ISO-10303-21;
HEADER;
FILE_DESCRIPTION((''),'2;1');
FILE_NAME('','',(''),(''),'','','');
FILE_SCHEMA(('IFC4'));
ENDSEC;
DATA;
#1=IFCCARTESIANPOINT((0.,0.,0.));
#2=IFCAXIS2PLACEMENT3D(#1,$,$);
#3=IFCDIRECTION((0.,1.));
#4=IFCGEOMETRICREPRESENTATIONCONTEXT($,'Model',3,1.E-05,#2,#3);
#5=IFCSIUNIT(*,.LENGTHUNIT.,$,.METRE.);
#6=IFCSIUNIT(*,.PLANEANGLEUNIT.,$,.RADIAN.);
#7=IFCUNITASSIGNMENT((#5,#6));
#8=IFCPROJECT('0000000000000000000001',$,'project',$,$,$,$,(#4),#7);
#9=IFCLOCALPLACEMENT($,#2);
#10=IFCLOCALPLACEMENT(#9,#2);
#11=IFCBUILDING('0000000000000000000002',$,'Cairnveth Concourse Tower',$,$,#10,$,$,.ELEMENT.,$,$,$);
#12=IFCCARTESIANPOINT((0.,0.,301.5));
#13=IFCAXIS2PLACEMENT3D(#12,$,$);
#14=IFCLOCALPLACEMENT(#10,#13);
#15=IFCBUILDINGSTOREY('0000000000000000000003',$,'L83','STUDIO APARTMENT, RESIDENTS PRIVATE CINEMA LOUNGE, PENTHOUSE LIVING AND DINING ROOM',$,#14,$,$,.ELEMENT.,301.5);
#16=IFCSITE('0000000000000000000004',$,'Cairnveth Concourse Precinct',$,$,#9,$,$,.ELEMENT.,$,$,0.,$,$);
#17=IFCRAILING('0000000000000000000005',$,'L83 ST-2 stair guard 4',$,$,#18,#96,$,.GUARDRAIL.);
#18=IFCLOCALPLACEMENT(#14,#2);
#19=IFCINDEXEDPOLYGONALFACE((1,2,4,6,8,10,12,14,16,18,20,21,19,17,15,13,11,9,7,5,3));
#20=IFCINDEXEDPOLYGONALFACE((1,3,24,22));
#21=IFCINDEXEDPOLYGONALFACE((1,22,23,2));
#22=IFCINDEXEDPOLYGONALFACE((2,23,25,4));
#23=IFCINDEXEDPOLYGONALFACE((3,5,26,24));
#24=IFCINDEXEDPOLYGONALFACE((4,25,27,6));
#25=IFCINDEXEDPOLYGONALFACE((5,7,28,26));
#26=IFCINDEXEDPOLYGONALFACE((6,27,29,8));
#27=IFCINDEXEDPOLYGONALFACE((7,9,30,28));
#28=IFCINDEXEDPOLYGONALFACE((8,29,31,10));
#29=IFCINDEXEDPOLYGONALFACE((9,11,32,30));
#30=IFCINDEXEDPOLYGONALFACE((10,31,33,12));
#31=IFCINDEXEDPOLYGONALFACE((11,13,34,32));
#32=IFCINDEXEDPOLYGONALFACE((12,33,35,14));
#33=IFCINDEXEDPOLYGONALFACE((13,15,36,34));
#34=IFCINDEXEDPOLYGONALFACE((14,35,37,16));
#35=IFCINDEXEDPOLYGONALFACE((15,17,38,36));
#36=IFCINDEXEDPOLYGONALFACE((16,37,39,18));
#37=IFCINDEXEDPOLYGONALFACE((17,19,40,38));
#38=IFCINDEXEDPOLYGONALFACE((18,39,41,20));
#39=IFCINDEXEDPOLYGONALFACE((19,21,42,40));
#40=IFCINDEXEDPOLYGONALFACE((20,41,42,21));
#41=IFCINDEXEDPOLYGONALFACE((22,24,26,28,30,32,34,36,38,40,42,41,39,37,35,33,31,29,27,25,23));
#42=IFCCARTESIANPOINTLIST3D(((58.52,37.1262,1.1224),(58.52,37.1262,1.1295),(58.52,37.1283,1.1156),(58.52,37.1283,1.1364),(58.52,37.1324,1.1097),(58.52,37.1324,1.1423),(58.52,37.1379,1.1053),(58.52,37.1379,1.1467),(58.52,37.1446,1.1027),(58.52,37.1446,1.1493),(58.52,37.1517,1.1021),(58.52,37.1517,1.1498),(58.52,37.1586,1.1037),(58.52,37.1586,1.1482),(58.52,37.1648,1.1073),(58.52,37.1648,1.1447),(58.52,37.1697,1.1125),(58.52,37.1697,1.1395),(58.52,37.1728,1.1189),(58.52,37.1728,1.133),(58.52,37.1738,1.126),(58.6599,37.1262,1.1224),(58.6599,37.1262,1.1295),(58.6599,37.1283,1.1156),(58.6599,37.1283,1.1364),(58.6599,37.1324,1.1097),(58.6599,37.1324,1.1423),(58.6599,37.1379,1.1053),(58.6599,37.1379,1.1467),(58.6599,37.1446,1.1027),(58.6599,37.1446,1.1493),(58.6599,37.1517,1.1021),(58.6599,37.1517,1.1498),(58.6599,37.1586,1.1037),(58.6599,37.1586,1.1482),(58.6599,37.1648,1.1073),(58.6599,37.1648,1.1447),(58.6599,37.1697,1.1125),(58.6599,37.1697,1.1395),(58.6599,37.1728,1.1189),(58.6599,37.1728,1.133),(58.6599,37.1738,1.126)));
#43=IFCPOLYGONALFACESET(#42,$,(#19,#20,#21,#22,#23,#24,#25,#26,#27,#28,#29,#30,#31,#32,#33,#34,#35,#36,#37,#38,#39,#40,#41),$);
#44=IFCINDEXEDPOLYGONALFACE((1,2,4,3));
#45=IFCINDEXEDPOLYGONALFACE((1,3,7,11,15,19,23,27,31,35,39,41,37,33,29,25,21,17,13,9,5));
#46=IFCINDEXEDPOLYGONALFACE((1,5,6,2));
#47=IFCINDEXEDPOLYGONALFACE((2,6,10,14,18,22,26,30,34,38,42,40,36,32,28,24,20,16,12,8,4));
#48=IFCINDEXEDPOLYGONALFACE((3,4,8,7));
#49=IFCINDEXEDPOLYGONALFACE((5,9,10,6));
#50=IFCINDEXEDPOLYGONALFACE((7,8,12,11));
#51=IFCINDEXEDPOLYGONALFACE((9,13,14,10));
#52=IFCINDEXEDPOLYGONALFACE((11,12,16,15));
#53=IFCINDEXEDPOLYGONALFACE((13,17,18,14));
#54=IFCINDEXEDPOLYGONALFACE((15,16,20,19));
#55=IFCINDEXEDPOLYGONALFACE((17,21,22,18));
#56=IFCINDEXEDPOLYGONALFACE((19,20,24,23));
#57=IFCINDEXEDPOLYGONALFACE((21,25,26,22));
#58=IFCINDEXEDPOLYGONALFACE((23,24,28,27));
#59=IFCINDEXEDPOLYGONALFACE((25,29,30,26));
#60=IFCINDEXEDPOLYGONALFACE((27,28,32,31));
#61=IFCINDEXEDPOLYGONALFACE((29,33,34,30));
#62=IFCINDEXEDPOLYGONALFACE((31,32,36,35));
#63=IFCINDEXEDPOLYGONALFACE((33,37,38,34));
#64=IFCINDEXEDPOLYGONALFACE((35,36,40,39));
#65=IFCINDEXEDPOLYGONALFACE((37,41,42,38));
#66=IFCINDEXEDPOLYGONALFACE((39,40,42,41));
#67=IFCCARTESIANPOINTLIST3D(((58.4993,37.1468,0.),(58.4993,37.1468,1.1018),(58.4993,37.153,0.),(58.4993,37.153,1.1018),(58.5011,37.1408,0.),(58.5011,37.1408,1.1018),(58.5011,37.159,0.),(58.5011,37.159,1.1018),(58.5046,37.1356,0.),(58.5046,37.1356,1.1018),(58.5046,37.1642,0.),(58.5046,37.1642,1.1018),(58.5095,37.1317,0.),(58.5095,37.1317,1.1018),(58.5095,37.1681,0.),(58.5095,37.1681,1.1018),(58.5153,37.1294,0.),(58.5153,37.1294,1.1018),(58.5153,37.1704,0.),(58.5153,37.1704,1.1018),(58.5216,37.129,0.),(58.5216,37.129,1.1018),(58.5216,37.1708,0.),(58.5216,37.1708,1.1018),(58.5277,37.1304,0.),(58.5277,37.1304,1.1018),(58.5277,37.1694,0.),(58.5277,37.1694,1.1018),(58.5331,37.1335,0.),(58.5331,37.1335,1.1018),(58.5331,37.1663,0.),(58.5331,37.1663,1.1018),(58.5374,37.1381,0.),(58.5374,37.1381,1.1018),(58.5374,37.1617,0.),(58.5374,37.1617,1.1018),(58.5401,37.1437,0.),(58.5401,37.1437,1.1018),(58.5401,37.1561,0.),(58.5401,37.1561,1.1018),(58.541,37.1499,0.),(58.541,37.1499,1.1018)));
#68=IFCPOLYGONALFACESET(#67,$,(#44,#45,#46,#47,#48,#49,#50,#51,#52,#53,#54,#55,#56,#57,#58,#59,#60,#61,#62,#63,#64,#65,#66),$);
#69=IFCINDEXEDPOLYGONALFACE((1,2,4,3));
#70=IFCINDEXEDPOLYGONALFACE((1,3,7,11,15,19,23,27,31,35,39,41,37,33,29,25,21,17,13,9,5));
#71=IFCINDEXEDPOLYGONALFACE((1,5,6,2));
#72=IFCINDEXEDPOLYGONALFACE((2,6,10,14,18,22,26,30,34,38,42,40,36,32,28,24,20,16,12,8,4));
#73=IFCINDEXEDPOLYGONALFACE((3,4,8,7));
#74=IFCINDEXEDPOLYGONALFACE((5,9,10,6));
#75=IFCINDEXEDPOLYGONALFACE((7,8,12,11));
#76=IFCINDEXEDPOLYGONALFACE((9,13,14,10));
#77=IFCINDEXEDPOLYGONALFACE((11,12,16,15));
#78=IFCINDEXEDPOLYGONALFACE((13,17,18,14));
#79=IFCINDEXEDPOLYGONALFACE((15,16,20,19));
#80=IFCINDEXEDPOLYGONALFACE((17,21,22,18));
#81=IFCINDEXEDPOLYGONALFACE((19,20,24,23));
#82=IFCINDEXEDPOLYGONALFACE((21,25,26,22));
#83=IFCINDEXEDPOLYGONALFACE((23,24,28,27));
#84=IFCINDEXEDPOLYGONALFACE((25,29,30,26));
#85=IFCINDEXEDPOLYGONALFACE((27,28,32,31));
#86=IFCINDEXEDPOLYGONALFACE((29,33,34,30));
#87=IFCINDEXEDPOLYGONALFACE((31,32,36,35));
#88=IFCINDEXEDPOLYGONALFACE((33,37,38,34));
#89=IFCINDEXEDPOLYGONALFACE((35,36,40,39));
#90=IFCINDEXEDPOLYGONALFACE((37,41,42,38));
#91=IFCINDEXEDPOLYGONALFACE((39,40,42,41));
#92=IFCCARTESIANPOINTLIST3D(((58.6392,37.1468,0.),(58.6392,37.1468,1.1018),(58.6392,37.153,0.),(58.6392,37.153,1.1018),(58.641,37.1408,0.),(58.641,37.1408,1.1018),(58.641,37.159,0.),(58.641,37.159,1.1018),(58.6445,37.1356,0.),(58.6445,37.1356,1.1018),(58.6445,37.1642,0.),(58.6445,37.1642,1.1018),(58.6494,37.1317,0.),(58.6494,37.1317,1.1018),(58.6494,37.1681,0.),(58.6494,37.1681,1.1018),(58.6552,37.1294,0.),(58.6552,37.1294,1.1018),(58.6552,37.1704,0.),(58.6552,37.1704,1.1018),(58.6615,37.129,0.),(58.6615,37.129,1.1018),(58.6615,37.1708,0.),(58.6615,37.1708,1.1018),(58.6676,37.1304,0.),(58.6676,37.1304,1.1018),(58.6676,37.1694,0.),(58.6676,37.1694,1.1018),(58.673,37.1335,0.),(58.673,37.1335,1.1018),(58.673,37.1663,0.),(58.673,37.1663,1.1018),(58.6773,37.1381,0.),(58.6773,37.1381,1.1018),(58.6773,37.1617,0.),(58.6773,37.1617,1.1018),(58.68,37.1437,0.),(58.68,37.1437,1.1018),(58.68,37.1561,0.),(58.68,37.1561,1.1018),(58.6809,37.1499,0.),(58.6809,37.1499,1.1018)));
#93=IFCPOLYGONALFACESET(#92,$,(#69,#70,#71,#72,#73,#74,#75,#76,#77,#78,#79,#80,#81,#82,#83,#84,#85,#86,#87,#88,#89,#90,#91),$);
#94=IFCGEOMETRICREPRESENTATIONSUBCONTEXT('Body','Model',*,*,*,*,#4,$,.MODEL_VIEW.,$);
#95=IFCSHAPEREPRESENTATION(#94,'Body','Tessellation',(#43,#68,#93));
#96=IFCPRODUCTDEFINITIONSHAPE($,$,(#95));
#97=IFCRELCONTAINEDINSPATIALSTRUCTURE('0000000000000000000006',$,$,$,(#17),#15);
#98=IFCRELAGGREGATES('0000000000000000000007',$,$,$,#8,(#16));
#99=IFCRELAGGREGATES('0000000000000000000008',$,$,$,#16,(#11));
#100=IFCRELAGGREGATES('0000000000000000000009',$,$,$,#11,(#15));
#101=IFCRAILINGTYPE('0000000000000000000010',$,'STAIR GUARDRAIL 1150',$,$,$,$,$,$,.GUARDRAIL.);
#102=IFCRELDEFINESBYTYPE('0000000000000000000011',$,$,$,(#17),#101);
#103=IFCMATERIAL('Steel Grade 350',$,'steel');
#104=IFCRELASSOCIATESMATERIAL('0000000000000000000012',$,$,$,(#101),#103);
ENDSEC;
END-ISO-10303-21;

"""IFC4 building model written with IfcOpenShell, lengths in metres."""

from ifc_helpers import new_model, si_unit, direction, frame, origin, origin_2d, place, context, subcontext, project, spatial, circle, extrude, material, type_object, element, save


model = new_model("IFC4")

# Units and contexts
model_context = context("Model", 3, precision=1e-05, world=origin(), true_north=direction((0.0, 1.0)))
body_context = subcontext(model_context, "Body", "Model", "MODEL_VIEW")
ifc_project = project(units=[si_unit("LENGTHUNIT", "METRE"), si_unit("PLANEANGLEUNIT", "RADIAN")], contexts=[model_context])

# Site, building, storey
site_placement = place(None, origin())
site = spatial("IfcSite", under=ifc_project, at=site_placement, Name="Cairnveth Concourse Precinct", CompositionType="ELEMENT", RefElevation=0.0)
building_placement = place(site_placement, origin())
building = spatial("IfcBuilding", under=site, at=building_placement, Name="Cairnveth Concourse Tower", CompositionType="ELEMENT")
storey_placement = place(building_placement, frame((0.0, 0.0, 301.5)))
storey = spatial("IfcBuildingStorey", under=building, at=storey_placement, Name="L83", Description="STUDIO APARTMENT, RESIDENTS PRIVATE CINEMA LOUNGE, PENTHOUSE LIVING AND DINING ROOM", CompositionType="ELEMENT", Elevation=301.5)

# Shared definitions
ifc_material_1 = material(Name="Steel Grade 350", Category="steel")

# Railing
railing_type = type_object("IfcRailingType", Name="STAIR GUARDRAIL 1150", PredefinedType="GUARDRAIL", material=ifc_material_1)
railing_1_placement = place(storey_placement, frame((58.52, 37.1499, 0.0)))
element("IfcRailing", 1, at=railing_1_placement, inside=storey, type_object=railing_type, Name="L83 ST-2 stair guard 4", PredefinedType="GUARDRAIL", context=body_context, shape_type="SweptSolid", body=[
    extrude(circle(Radius=0.0239, at=origin_2d()), frame((0.0, 0.0, 1.126), z_axis=(1.0, 0.0, 0.0), x_axis=(0.0, 1.0, 0.0)), (0.0, 0.0, 1.0), 0.1399),
    extrude(circle(Radius=0.021, at=origin_2d()), origin(), (0.0, 0.0, 1.0), 1.1018),
    extrude(circle(Radius=0.021, at=origin_2d()), frame((0.1399, 0.0, 0.0)), (0.0, 0.0, 1.0), 1.1018),
])

save(model, "model.ifc")
